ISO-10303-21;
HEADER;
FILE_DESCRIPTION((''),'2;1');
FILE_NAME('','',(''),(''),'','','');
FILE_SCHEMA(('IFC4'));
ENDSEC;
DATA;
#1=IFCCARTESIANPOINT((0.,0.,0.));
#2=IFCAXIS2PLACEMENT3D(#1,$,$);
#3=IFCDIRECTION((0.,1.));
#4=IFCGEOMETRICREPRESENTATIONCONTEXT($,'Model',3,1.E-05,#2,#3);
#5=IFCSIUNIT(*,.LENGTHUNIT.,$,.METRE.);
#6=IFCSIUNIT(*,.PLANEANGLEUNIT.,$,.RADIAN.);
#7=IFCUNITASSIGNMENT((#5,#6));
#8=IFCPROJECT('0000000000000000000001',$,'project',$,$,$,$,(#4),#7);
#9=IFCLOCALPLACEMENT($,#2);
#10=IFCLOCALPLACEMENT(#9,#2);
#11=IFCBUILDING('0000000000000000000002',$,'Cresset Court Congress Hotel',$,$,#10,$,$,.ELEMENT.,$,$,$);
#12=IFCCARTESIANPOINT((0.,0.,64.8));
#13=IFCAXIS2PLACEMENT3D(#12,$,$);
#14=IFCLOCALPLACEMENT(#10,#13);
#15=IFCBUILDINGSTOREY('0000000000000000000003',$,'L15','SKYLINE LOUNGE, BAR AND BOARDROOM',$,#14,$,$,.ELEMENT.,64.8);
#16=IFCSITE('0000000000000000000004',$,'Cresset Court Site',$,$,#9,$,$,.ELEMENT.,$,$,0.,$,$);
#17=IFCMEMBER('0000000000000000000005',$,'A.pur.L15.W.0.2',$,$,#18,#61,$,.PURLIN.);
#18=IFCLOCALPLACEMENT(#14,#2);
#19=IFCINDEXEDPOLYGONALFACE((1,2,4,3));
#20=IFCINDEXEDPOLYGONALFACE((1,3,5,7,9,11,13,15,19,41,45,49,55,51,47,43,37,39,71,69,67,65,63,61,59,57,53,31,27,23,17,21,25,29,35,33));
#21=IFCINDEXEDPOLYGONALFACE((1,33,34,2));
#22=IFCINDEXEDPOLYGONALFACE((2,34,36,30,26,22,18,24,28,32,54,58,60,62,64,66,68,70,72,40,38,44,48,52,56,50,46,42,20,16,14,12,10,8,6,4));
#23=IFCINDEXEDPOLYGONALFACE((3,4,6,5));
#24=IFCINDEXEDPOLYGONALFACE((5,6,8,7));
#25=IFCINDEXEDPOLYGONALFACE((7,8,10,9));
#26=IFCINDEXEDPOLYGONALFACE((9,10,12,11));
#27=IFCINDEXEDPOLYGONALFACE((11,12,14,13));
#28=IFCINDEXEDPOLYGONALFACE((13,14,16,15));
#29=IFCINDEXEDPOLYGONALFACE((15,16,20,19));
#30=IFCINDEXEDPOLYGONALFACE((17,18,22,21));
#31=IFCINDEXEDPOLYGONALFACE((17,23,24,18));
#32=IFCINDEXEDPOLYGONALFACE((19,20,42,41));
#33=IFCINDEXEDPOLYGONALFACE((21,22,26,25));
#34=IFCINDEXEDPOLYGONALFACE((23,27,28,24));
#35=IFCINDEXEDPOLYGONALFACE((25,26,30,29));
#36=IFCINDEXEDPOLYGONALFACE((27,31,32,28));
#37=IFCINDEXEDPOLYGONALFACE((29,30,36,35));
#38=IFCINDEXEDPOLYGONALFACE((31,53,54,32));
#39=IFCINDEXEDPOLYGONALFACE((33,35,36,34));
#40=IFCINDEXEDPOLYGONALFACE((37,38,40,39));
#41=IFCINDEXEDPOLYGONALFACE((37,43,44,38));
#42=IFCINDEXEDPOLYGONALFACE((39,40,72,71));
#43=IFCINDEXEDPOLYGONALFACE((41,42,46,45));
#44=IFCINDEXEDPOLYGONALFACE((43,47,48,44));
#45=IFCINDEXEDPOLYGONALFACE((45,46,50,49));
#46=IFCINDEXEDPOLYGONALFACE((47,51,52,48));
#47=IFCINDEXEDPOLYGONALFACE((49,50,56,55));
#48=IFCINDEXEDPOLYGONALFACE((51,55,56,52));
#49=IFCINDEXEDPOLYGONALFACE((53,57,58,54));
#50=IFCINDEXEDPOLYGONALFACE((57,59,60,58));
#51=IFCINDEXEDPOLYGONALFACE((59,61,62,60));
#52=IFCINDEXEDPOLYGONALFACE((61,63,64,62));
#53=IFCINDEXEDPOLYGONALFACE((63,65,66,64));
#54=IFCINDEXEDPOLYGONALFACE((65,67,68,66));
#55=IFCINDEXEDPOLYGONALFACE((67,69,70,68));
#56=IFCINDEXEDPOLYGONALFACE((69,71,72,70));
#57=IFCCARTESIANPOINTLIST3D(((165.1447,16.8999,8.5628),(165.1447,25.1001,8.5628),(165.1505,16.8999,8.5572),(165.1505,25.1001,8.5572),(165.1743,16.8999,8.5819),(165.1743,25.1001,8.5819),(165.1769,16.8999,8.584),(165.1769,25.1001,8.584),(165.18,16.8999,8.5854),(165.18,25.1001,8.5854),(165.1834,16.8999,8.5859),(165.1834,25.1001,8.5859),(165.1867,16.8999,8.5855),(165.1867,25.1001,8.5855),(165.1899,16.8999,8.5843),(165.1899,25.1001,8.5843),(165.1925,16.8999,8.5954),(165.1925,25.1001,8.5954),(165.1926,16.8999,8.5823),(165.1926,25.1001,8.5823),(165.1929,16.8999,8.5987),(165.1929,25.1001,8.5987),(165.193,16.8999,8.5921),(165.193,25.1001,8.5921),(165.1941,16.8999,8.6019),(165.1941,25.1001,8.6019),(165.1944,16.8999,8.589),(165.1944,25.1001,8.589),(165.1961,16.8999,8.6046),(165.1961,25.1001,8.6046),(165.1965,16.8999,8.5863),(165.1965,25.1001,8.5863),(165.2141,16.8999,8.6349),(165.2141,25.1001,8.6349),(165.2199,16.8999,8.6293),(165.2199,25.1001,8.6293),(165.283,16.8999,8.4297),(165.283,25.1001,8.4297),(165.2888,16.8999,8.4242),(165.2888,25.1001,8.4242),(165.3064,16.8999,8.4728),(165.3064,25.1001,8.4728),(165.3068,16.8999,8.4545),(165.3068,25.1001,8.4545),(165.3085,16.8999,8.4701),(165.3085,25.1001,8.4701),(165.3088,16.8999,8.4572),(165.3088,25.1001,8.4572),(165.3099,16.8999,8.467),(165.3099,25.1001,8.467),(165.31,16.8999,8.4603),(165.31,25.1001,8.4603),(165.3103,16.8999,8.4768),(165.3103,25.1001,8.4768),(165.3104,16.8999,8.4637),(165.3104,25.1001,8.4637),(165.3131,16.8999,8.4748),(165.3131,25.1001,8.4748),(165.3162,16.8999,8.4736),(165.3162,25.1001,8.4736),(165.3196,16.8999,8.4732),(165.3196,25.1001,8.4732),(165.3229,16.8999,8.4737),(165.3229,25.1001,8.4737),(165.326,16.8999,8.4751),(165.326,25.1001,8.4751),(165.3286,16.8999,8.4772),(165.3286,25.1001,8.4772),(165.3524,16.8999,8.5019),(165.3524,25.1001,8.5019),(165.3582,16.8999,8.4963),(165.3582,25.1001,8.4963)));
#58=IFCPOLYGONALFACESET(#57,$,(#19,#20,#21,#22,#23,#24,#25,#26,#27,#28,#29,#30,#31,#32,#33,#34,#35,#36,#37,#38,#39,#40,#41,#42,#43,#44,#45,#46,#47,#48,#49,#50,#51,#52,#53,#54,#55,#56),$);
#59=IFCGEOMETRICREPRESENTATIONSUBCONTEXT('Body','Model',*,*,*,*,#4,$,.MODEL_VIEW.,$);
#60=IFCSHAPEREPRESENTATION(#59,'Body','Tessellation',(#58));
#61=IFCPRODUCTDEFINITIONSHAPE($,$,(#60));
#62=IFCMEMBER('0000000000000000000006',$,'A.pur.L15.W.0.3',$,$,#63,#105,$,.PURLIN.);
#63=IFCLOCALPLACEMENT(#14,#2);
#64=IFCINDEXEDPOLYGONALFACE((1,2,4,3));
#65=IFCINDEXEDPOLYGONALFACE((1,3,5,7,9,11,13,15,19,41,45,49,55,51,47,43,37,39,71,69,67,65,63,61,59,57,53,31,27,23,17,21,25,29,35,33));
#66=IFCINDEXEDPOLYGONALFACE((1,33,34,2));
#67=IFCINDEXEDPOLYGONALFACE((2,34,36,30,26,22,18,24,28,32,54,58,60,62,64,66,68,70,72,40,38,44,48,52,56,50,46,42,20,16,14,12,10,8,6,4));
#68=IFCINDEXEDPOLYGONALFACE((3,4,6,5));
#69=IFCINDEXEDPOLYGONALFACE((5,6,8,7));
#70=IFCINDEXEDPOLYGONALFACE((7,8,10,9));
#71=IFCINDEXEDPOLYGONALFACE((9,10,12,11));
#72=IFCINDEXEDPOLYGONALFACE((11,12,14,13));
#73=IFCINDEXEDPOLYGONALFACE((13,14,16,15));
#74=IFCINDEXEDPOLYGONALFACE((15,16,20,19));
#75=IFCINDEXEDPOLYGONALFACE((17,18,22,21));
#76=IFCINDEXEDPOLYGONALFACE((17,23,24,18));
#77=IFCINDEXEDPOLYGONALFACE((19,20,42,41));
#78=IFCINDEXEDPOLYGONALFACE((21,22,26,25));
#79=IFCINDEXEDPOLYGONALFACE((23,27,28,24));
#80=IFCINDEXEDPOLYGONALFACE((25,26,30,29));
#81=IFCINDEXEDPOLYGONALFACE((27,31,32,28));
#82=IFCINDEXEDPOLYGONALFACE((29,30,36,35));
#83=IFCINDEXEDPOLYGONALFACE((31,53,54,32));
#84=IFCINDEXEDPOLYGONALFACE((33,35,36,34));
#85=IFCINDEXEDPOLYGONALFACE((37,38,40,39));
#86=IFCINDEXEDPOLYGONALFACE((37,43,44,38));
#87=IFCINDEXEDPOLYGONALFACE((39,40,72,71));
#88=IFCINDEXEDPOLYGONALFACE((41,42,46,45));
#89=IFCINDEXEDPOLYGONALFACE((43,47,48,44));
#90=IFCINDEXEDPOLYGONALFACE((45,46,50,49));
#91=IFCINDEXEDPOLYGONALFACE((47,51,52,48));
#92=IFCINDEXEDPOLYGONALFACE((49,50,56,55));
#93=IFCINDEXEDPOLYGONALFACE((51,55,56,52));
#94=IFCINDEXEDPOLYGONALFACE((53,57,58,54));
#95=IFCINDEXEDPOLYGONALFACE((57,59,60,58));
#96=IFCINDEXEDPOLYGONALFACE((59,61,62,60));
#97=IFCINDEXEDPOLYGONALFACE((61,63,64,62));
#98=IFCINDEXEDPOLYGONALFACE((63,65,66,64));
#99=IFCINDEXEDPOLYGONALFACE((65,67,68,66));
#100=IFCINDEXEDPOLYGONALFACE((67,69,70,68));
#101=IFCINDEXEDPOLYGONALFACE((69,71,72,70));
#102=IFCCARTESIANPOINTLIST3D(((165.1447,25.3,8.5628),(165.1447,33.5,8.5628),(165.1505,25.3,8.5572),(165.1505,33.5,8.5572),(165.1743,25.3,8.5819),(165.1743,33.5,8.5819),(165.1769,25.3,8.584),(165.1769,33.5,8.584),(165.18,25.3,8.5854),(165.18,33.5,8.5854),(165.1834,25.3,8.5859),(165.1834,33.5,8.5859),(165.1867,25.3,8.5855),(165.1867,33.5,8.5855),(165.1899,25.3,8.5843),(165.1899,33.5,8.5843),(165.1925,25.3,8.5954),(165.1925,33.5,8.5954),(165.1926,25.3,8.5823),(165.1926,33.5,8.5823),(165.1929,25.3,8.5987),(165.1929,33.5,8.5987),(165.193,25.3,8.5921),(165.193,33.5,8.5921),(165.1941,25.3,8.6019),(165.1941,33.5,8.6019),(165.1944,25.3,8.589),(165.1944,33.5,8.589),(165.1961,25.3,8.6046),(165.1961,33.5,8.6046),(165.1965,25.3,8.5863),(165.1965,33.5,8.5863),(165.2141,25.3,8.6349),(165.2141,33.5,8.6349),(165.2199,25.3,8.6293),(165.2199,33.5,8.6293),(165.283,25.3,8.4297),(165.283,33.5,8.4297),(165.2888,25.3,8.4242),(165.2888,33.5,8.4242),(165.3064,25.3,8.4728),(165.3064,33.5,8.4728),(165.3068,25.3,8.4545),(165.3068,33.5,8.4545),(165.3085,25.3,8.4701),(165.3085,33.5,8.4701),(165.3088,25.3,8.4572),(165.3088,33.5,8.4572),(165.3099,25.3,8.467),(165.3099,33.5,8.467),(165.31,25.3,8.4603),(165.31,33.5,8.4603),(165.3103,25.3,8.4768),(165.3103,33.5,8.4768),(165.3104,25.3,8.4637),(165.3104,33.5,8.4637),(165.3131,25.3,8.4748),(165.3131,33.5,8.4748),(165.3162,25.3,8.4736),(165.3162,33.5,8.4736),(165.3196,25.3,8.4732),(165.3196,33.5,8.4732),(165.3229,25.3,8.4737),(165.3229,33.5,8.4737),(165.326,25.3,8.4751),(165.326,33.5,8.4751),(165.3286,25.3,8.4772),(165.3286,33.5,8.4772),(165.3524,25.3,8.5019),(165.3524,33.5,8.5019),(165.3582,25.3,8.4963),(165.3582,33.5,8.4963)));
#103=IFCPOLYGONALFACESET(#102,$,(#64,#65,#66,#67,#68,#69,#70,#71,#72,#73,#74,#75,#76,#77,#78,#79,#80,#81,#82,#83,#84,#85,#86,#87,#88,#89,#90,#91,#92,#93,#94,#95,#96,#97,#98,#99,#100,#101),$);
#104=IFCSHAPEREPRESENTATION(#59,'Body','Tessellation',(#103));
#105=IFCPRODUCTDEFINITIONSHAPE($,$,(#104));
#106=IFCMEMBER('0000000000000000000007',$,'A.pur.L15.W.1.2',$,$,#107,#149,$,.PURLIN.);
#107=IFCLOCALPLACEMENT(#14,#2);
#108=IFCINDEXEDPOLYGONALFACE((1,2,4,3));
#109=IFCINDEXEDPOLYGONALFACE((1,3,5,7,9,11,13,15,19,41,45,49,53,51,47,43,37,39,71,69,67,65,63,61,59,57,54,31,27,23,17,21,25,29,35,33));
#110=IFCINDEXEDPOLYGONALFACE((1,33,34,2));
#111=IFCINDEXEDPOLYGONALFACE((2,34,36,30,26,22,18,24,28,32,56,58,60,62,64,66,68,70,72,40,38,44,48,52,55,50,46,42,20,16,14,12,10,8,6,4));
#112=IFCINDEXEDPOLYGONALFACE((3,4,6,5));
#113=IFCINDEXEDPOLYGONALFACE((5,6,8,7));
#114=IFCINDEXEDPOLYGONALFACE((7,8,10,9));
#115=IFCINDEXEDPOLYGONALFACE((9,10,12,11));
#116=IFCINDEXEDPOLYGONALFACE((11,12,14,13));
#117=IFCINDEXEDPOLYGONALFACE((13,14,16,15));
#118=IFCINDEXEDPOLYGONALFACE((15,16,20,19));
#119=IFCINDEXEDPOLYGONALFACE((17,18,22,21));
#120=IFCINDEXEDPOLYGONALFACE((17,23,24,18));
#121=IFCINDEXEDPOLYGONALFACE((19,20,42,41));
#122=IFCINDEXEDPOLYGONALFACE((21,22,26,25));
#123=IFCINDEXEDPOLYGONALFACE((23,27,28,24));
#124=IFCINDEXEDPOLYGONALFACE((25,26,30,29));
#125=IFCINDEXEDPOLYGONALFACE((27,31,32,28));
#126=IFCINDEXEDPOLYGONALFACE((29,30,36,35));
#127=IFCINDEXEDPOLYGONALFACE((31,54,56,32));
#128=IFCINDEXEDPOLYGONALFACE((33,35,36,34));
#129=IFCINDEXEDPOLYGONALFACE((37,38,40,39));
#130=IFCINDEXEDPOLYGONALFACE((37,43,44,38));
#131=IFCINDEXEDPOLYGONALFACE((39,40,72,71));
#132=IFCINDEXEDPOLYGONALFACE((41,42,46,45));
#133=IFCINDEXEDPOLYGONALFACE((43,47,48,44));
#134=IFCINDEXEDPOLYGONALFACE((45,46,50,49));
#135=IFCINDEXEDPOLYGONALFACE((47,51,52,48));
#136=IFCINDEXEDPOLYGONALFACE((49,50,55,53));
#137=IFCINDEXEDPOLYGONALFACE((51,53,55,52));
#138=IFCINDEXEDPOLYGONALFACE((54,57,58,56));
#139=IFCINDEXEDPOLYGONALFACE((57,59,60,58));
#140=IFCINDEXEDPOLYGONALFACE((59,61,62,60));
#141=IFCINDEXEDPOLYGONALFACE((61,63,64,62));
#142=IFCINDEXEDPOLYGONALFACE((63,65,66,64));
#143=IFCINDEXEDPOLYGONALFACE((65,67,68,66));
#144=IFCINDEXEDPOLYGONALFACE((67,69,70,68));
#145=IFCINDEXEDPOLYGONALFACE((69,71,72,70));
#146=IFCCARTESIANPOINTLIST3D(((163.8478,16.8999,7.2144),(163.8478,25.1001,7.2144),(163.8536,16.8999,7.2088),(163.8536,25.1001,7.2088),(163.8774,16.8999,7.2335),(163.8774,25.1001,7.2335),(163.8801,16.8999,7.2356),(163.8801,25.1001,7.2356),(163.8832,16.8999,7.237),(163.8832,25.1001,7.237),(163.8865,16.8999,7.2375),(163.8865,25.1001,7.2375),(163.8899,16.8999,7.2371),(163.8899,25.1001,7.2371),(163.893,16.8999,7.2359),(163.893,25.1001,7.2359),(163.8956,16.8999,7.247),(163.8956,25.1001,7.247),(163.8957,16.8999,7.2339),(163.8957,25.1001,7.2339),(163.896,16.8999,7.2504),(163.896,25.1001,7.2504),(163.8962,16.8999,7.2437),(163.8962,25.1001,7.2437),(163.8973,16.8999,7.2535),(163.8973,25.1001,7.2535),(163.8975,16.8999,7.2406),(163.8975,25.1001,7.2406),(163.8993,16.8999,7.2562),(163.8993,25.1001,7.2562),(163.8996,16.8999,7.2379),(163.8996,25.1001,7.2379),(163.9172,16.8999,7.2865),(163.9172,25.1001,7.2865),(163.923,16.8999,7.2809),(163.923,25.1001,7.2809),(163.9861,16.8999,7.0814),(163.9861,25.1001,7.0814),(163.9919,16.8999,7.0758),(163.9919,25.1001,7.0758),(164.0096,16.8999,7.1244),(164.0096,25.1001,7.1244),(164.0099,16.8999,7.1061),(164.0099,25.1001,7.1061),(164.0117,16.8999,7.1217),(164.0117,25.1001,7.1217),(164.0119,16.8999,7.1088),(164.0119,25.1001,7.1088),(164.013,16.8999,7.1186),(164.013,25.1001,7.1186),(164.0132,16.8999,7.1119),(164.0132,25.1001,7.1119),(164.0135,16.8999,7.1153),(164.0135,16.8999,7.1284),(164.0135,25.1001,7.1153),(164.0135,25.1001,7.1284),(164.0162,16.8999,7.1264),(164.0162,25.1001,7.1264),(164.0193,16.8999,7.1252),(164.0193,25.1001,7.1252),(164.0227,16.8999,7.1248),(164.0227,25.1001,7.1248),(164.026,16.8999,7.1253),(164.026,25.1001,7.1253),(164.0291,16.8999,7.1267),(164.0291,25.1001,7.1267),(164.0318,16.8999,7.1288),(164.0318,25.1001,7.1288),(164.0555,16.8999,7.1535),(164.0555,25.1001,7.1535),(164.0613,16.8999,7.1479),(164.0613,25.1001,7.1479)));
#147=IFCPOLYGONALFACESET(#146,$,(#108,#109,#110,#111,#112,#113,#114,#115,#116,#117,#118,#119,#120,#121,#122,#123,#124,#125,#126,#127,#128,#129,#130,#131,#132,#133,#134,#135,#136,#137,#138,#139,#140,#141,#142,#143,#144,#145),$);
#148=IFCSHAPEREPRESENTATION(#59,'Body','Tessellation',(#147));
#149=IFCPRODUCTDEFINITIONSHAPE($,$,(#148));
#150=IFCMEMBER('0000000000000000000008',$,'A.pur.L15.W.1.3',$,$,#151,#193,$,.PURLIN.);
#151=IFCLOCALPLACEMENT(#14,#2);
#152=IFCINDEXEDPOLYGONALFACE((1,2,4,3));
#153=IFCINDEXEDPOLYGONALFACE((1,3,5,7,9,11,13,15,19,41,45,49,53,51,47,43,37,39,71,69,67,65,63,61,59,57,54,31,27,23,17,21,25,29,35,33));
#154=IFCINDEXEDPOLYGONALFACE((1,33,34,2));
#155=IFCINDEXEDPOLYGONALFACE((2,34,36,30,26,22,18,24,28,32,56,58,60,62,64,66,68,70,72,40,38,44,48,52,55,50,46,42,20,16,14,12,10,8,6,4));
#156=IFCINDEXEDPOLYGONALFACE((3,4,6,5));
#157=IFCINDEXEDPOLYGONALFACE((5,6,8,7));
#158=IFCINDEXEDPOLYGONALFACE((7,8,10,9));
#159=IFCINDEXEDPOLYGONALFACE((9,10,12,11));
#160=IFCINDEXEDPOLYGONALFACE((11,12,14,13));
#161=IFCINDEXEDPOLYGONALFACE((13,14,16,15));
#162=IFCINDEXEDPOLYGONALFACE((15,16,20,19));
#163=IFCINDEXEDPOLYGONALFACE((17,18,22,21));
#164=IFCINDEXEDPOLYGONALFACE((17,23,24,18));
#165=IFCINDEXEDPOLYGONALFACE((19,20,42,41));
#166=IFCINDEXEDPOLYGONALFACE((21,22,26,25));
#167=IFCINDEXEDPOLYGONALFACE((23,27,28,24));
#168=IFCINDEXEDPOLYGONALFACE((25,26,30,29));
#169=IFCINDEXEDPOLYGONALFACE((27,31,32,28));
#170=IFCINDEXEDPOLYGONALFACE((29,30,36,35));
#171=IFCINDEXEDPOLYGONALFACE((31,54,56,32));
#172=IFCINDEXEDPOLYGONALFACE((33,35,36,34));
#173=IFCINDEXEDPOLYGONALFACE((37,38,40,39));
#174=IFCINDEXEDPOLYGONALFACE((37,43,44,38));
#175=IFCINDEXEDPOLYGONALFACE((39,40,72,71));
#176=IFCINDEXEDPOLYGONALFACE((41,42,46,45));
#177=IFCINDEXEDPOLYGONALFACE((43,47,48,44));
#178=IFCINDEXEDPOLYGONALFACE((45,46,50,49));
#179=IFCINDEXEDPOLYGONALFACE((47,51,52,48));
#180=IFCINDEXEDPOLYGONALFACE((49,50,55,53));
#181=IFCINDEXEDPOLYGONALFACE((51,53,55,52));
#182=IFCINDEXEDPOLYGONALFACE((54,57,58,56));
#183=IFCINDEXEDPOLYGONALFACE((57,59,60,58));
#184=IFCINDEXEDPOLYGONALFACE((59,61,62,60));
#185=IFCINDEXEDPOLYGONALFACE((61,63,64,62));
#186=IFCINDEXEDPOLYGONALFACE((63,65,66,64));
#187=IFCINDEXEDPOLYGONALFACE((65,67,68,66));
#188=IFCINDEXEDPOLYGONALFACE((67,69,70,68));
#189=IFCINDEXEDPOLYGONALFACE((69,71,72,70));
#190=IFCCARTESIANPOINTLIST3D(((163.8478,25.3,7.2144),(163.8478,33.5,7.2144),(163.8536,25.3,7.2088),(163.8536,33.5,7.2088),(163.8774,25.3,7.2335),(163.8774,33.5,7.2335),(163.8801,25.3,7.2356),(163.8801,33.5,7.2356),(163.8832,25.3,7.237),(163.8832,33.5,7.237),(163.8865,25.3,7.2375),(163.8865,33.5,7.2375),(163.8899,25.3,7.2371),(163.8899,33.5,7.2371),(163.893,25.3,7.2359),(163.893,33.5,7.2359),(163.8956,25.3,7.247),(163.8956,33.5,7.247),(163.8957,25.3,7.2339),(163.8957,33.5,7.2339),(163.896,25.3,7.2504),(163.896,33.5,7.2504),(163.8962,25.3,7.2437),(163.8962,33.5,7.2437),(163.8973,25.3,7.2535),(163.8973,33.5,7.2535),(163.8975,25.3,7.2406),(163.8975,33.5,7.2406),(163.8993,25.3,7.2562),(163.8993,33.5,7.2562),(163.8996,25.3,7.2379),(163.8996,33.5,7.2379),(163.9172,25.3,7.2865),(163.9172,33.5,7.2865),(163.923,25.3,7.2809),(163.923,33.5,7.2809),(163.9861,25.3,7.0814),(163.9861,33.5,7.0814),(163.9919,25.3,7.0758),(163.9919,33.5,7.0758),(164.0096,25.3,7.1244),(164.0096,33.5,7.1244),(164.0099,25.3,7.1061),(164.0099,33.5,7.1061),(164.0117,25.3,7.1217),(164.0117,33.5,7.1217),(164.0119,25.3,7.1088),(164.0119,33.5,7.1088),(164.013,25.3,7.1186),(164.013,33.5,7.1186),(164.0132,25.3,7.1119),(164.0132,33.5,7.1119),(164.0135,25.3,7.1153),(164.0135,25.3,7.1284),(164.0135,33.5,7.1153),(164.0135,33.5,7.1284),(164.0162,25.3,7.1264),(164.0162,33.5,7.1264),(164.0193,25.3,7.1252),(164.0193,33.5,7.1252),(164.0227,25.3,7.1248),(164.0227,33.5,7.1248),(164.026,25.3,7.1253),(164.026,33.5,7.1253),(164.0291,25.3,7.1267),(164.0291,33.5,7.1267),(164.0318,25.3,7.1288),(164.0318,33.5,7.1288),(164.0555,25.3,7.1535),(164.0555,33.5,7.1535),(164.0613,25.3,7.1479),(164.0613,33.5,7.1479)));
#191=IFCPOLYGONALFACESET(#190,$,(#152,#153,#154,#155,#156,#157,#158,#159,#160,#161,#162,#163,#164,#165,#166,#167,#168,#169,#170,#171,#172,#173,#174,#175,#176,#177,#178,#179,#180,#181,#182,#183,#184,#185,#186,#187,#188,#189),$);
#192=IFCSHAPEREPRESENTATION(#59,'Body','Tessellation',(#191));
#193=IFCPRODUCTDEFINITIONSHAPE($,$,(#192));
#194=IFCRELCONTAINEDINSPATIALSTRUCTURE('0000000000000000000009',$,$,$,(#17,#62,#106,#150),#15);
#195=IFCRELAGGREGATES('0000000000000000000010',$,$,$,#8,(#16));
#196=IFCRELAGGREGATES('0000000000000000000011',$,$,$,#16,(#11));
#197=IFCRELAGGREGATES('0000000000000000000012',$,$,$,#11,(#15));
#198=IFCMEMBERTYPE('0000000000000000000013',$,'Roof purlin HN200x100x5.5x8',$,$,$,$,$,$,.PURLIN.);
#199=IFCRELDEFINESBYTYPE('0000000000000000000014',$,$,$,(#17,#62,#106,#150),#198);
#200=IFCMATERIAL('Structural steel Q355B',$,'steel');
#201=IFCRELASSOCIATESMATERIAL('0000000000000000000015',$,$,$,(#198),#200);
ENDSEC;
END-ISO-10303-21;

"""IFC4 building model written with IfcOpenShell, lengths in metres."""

from ifc_helpers import new_model, si_unit, direction, frame, origin, origin_2d, place, context, subcontext, project, spatial, i_section, extrude, material, material_profile, profile_set, type_object, element, save


model = new_model("IFC4")

# Units and contexts
model_context = context("Model", 3, precision=1e-05, world=origin(), true_north=direction((0.0, 1.0)))
body_context = subcontext(model_context, "Body", "Model", "MODEL_VIEW")
ifc_project = project(units=[si_unit("LENGTHUNIT", "METRE"), si_unit("PLANEANGLEUNIT", "RADIAN")], contexts=[model_context])

# Site, building, storey
site_placement = place(None, origin())
site = spatial("IfcSite", under=ifc_project, at=site_placement, Name="Cresset Court Site", CompositionType="ELEMENT", RefElevation=0.0)
building_placement = place(site_placement, origin())
building = spatial("IfcBuilding", under=site, at=building_placement, Name="Cresset Court Congress Hotel", CompositionType="ELEMENT")
storey_placement = place(building_placement, frame((0.0, 0.0, 64.8)))
storey = spatial("IfcBuildingStorey", under=building, at=storey_placement, Name="L15", Description="SKYLINE LOUNGE, BAR AND BOARDROOM", CompositionType="ELEMENT", Elevation=64.8)

# Members
ifc_material_1 = material(Name="Structural steel Q355B", Category="steel")
ifc_material_profile_1 = material_profile(ifc_material_1, i_section(OverallWidth=0.1001, OverallDepth=0.2, WebThickness=0.0056, FlangeThickness=0.0081, FilletRadius=0.0129, at=origin_2d()), Name="HN200x100x5.5x8")
ifc_profile_set_1 = profile_set([ifc_material_profile_1], Name="Structural steel Q355B")
member_type_1 = type_object("IfcMemberType", Name="Roof purlin HN200x100x5.5x8", PredefinedType="PURLIN", material=ifc_profile_set_1)
member_1_placement = place(storey_placement, frame((165.2515, 16.8999, 8.5295), z_axis=(0.0, 1.0, 0.0), x_axis=(-0.693246, 0.0, -0.720701)))
element("IfcMember", 1, at=member_1_placement, inside=storey, type_object=member_type_1, Name="A.pur.L15.W.0.2", PredefinedType="PURLIN", context=body_context, shape_type="SweptSolid", body=[
    extrude(i_section(OverallWidth=0.1001, OverallDepth=0.2, WebThickness=0.0056, FlangeThickness=0.0081, FilletRadius=0.0129, at=origin_2d()), origin(), (0.0, 0.0, 1.0), 8.2002),
])
member_2_placement = place(storey_placement, frame((165.2515, 25.3, 8.5295), z_axis=(0.0, 1.0, 0.0), x_axis=(-0.693246, 0.0, -0.720701)))
element("IfcMember", 2, at=member_2_placement, inside=storey, type_object=member_type_1, Name="A.pur.L15.W.0.3", PredefinedType="PURLIN", context=body_context, shape_type="SweptSolid", body=[
    extrude(i_section(OverallWidth=0.1001, OverallDepth=0.2, WebThickness=0.0056, FlangeThickness=0.0081, FilletRadius=0.0129, at=origin_2d()), origin(), (0.0, 0.0, 1.0), 8.2),
])
member_3_placement = place(storey_placement, frame((163.9546, 16.8999, 7.1812), z_axis=(0.0, 1.0, 0.0), x_axis=(-0.693246, 0.0, -0.720701)))
element("IfcMember", 3, at=member_3_placement, inside=storey, type_object=member_type_1, Name="A.pur.L15.W.1.2", PredefinedType="PURLIN", context=body_context, shape_type="SweptSolid", body=[
    extrude(i_section(OverallWidth=0.1001, OverallDepth=0.2, WebThickness=0.0056, FlangeThickness=0.0081, FilletRadius=0.0129, at=origin_2d()), origin(), (0.0, 0.0, 1.0), 8.2002),
])
member_4_placement = place(storey_placement, frame((163.9546, 25.3, 7.1812), z_axis=(0.0, 1.0, 0.0), x_axis=(-0.693246, 0.0, -0.720701)))
element("IfcMember", 4, at=member_4_placement, inside=storey, type_object=member_type_1, Name="A.pur.L15.W.1.3", PredefinedType="PURLIN", context=body_context, shape_type="SweptSolid", body=[
    extrude(i_section(OverallWidth=0.1001, OverallDepth=0.2, WebThickness=0.0056, FlangeThickness=0.0081, FilletRadius=0.0129, at=origin_2d()), origin(), (0.0, 0.0, 1.0), 8.2),
])

save(model, "model.ifc")
